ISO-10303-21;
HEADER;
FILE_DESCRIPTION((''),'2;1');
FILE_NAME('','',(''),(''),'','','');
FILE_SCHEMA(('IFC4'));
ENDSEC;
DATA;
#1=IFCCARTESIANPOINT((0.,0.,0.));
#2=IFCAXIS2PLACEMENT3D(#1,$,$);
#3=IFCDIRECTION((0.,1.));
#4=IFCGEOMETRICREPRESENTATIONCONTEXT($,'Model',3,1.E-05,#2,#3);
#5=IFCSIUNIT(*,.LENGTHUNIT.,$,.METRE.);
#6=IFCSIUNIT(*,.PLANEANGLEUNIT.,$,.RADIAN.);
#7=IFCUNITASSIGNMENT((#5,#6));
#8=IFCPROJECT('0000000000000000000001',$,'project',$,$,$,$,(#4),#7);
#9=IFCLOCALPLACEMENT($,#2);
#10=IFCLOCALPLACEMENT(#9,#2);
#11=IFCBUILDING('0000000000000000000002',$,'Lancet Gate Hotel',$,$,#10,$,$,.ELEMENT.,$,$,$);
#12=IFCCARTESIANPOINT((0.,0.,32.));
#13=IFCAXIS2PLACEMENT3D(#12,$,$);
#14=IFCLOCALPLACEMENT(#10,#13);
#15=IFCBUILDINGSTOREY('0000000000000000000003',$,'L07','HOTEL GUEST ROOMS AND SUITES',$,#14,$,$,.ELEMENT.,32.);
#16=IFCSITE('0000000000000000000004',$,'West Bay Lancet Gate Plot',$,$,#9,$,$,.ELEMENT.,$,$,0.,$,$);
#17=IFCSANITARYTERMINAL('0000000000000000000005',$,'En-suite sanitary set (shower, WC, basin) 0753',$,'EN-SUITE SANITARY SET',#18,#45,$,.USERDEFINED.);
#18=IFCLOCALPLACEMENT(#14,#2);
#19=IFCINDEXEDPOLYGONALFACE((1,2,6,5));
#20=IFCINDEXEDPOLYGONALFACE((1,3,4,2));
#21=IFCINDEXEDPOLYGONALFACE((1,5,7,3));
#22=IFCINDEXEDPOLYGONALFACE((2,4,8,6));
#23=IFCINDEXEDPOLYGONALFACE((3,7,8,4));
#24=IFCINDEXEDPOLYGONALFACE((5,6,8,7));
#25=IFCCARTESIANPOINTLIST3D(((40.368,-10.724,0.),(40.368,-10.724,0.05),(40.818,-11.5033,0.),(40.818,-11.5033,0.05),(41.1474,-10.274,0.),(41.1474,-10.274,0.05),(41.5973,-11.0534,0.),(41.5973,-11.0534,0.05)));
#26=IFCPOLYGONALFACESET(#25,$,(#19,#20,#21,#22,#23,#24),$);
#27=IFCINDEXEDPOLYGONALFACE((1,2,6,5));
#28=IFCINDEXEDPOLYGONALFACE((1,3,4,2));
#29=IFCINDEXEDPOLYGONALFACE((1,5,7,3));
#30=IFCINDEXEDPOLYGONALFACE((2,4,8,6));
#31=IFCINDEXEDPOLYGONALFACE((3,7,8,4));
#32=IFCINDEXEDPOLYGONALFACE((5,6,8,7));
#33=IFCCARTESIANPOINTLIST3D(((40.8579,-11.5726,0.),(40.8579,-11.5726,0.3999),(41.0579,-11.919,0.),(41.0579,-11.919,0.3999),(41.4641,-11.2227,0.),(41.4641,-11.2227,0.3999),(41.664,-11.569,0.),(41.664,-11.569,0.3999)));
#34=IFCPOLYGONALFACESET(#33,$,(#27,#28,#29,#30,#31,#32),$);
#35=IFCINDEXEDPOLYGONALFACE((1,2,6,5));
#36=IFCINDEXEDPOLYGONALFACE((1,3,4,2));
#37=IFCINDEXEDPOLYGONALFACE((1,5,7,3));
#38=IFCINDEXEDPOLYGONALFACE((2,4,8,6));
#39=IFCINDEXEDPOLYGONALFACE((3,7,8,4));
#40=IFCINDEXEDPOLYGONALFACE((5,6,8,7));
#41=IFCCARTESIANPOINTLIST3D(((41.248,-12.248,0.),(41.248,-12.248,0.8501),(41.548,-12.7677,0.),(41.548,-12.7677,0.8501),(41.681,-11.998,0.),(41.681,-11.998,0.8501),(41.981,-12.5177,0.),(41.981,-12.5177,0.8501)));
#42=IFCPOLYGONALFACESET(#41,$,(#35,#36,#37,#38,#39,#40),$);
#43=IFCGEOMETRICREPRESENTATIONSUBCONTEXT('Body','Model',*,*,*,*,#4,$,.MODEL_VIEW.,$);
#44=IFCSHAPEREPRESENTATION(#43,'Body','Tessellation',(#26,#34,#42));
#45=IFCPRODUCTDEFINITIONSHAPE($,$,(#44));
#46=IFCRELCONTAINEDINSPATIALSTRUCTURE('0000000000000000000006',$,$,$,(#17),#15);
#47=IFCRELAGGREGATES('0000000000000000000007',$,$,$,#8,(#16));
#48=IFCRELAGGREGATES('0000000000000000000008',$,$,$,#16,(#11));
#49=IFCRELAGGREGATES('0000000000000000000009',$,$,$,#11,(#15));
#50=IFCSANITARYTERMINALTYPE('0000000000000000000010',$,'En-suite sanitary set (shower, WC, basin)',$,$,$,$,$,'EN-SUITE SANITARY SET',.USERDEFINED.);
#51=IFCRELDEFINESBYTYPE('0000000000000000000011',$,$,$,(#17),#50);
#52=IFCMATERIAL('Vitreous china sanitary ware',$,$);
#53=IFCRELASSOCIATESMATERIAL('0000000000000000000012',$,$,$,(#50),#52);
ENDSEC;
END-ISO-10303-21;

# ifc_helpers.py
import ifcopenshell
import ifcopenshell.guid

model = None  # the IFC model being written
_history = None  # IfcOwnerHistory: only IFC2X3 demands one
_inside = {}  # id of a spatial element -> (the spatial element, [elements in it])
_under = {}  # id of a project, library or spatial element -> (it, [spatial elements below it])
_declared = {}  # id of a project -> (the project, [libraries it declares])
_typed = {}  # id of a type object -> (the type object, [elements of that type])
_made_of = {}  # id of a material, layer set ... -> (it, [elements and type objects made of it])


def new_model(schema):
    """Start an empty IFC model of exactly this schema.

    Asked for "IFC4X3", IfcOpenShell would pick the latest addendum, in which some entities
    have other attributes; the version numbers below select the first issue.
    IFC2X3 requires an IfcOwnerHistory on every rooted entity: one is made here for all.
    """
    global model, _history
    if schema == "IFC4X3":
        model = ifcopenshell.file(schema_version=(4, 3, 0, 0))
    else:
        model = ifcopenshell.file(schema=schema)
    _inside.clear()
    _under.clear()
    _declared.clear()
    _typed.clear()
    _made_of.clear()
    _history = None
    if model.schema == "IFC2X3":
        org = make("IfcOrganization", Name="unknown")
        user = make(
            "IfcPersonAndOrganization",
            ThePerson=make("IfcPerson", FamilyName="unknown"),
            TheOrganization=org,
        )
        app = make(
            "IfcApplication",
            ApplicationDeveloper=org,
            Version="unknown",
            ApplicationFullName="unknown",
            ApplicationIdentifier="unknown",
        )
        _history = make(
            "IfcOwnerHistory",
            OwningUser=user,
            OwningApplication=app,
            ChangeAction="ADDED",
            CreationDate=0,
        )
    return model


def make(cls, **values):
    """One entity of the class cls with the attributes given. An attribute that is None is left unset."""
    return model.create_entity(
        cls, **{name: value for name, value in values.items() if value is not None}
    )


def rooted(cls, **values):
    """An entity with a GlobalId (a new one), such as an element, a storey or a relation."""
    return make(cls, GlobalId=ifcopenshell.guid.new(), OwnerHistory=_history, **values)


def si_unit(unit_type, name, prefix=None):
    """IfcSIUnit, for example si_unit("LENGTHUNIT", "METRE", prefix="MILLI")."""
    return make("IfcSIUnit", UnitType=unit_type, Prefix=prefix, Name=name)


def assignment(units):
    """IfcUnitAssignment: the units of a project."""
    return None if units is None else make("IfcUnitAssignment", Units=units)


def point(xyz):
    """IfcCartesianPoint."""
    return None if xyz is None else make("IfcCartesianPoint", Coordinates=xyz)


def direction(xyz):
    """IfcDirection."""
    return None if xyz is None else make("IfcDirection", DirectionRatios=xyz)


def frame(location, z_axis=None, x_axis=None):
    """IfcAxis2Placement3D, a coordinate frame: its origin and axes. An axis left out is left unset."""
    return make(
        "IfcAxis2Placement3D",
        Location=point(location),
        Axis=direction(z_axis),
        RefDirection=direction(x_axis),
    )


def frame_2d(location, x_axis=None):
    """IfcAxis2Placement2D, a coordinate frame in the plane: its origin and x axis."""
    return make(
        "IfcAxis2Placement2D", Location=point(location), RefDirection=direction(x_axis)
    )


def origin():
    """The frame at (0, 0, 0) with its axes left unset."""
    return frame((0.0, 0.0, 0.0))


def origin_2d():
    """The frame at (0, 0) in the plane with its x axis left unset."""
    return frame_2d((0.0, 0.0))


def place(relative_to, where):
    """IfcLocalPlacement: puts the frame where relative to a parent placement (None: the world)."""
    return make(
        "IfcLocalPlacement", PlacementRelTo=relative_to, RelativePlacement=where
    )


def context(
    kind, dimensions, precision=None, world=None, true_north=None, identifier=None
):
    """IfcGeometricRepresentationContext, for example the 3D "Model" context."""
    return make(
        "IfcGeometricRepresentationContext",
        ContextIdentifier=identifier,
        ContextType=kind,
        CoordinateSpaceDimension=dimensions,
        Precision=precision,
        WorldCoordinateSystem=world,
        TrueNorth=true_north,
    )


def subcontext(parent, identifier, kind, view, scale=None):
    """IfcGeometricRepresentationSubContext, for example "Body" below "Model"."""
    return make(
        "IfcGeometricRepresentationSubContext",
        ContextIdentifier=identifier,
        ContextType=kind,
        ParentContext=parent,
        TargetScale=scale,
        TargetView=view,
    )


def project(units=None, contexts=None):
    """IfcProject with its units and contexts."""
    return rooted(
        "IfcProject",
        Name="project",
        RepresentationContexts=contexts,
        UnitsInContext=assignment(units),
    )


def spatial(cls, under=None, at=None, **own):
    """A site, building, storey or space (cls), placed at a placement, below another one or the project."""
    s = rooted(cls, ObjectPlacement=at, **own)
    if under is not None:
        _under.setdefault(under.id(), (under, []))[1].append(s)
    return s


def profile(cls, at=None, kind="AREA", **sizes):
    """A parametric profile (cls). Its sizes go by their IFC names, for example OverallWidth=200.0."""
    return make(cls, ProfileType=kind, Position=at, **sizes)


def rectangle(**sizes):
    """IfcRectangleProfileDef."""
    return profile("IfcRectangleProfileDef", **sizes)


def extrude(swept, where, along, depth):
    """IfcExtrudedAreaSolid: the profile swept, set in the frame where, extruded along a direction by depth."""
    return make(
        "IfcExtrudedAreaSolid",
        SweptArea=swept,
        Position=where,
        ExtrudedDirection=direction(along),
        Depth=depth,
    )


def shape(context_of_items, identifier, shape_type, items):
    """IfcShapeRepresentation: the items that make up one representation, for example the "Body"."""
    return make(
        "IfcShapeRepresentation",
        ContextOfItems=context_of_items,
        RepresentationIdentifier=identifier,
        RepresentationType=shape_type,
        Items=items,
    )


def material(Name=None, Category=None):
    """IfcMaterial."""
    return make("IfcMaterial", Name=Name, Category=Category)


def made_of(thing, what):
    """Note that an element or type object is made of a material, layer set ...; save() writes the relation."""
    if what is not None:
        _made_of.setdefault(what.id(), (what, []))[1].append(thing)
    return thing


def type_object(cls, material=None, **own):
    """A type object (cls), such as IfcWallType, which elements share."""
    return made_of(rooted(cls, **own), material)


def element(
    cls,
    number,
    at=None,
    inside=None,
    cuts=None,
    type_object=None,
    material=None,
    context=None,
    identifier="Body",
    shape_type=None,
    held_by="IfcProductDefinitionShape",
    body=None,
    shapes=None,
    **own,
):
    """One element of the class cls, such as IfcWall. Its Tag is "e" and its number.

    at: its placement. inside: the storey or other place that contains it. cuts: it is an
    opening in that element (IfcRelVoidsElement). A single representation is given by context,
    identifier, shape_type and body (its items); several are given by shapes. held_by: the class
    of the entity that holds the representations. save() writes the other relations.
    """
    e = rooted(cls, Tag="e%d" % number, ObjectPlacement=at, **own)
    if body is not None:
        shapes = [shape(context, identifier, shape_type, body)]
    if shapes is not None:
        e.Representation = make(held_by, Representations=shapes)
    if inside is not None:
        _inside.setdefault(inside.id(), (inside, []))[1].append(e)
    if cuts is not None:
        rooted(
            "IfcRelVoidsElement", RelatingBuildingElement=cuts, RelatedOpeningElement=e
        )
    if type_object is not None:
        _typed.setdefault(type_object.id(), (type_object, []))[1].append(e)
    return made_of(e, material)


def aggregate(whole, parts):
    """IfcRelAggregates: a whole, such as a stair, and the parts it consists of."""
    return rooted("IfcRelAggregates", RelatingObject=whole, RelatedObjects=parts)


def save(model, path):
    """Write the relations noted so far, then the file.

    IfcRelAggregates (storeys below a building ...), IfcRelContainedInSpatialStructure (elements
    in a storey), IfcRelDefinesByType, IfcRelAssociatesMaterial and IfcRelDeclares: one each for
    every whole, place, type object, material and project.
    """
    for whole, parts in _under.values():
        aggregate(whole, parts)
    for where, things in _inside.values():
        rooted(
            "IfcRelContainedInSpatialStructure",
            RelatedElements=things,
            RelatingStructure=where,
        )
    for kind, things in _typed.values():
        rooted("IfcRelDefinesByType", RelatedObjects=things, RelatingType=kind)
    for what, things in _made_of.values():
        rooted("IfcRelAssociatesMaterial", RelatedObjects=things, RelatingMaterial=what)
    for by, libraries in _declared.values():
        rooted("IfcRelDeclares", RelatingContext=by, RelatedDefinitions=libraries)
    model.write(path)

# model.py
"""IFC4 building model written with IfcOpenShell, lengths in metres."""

from ifc_helpers import new_model, si_unit, direction, frame, origin, origin_2d, place, context, subcontext, project, spatial, rectangle, extrude, material, type_object, element, save


model = new_model("IFC4")

# Units and contexts
model_context = context("Model", 3, precision=1e-05, world=origin(), true_north=direction((0.0, 1.0)))
body_context = subcontext(model_context, "Body", "Model", "MODEL_VIEW")
ifc_project = project(units=[si_unit("LENGTHUNIT", "METRE"), si_unit("PLANEANGLEUNIT", "RADIAN")], contexts=[model_context])

# Site, building, storey
site_placement = place(None, origin())
site = spatial("IfcSite", under=ifc_project, at=site_placement, Name="West Bay Lancet Gate Plot", CompositionType="ELEMENT", RefElevation=0.0)
building_placement = place(site_placement, origin())
building = spatial("IfcBuilding", under=site, at=building_placement, Name="Lancet Gate Hotel", CompositionType="ELEMENT")
storey_placement = place(building_placement, frame((0.0, 0.0, 32.0)))
storey = spatial("IfcBuildingStorey", under=building, at=storey_placement, Name="L07", Description="HOTEL GUEST ROOMS AND SUITES", CompositionType="ELEMENT", Elevation=32.0)

# Sanitary terminal
ifc_material_1 = material(Name="Vitreous china sanitary ware")
sanitary_terminal_type = type_object("IfcSanitaryTerminalType", Name="En-suite sanitary set (shower, WC, basin)", ElementType="EN-SUITE SANITARY SET", PredefinedType="USERDEFINED", material=ifc_material_1)
sanitary_terminal_1_placement = place(storey_placement, frame((40.9827, -10.8887, 0.0), z_axis=(0.0, 0.0, 1.0), x_axis=(1.0, 0.0, 0.0)))
element("IfcSanitaryTerminal", 1, at=sanitary_terminal_1_placement, inside=storey, type_object=sanitary_terminal_type, Name="En-suite sanitary set (shower, WC, basin) 0753", ObjectType="EN-SUITE SANITARY SET", PredefinedType="USERDEFINED", context=body_context, shape_type="SweptSolid", body=[
    extrude(rectangle(XDim=0.8999, YDim=0.8999, at=origin_2d()), frame((0.0, 0.0, 0.0), z_axis=(0.0, 0.0, 1.0), x_axis=(-0.5, 0.866025, 0.0)), (0.0, 0.0, 1.0), 0.05),
    extrude(rectangle(XDim=0.3999, YDim=0.7, at=origin_2d()), frame((0.2783, -0.6821, 0.0), z_axis=(0.0, 0.0, 1.0), x_axis=(-0.5, 0.866025, 0.0)), (0.0, 0.0, 1.0), 0.3999),
    extrude(rectangle(XDim=0.6001, YDim=0.5, at=origin_2d()), frame((0.6318, -1.4941, 0.0), z_axis=(0.0, 0.0, 1.0), x_axis=(-0.5, 0.866025, 0.0)), (0.0, 0.0, 1.0), 0.8501),
])

save(model, "model.ifc")
